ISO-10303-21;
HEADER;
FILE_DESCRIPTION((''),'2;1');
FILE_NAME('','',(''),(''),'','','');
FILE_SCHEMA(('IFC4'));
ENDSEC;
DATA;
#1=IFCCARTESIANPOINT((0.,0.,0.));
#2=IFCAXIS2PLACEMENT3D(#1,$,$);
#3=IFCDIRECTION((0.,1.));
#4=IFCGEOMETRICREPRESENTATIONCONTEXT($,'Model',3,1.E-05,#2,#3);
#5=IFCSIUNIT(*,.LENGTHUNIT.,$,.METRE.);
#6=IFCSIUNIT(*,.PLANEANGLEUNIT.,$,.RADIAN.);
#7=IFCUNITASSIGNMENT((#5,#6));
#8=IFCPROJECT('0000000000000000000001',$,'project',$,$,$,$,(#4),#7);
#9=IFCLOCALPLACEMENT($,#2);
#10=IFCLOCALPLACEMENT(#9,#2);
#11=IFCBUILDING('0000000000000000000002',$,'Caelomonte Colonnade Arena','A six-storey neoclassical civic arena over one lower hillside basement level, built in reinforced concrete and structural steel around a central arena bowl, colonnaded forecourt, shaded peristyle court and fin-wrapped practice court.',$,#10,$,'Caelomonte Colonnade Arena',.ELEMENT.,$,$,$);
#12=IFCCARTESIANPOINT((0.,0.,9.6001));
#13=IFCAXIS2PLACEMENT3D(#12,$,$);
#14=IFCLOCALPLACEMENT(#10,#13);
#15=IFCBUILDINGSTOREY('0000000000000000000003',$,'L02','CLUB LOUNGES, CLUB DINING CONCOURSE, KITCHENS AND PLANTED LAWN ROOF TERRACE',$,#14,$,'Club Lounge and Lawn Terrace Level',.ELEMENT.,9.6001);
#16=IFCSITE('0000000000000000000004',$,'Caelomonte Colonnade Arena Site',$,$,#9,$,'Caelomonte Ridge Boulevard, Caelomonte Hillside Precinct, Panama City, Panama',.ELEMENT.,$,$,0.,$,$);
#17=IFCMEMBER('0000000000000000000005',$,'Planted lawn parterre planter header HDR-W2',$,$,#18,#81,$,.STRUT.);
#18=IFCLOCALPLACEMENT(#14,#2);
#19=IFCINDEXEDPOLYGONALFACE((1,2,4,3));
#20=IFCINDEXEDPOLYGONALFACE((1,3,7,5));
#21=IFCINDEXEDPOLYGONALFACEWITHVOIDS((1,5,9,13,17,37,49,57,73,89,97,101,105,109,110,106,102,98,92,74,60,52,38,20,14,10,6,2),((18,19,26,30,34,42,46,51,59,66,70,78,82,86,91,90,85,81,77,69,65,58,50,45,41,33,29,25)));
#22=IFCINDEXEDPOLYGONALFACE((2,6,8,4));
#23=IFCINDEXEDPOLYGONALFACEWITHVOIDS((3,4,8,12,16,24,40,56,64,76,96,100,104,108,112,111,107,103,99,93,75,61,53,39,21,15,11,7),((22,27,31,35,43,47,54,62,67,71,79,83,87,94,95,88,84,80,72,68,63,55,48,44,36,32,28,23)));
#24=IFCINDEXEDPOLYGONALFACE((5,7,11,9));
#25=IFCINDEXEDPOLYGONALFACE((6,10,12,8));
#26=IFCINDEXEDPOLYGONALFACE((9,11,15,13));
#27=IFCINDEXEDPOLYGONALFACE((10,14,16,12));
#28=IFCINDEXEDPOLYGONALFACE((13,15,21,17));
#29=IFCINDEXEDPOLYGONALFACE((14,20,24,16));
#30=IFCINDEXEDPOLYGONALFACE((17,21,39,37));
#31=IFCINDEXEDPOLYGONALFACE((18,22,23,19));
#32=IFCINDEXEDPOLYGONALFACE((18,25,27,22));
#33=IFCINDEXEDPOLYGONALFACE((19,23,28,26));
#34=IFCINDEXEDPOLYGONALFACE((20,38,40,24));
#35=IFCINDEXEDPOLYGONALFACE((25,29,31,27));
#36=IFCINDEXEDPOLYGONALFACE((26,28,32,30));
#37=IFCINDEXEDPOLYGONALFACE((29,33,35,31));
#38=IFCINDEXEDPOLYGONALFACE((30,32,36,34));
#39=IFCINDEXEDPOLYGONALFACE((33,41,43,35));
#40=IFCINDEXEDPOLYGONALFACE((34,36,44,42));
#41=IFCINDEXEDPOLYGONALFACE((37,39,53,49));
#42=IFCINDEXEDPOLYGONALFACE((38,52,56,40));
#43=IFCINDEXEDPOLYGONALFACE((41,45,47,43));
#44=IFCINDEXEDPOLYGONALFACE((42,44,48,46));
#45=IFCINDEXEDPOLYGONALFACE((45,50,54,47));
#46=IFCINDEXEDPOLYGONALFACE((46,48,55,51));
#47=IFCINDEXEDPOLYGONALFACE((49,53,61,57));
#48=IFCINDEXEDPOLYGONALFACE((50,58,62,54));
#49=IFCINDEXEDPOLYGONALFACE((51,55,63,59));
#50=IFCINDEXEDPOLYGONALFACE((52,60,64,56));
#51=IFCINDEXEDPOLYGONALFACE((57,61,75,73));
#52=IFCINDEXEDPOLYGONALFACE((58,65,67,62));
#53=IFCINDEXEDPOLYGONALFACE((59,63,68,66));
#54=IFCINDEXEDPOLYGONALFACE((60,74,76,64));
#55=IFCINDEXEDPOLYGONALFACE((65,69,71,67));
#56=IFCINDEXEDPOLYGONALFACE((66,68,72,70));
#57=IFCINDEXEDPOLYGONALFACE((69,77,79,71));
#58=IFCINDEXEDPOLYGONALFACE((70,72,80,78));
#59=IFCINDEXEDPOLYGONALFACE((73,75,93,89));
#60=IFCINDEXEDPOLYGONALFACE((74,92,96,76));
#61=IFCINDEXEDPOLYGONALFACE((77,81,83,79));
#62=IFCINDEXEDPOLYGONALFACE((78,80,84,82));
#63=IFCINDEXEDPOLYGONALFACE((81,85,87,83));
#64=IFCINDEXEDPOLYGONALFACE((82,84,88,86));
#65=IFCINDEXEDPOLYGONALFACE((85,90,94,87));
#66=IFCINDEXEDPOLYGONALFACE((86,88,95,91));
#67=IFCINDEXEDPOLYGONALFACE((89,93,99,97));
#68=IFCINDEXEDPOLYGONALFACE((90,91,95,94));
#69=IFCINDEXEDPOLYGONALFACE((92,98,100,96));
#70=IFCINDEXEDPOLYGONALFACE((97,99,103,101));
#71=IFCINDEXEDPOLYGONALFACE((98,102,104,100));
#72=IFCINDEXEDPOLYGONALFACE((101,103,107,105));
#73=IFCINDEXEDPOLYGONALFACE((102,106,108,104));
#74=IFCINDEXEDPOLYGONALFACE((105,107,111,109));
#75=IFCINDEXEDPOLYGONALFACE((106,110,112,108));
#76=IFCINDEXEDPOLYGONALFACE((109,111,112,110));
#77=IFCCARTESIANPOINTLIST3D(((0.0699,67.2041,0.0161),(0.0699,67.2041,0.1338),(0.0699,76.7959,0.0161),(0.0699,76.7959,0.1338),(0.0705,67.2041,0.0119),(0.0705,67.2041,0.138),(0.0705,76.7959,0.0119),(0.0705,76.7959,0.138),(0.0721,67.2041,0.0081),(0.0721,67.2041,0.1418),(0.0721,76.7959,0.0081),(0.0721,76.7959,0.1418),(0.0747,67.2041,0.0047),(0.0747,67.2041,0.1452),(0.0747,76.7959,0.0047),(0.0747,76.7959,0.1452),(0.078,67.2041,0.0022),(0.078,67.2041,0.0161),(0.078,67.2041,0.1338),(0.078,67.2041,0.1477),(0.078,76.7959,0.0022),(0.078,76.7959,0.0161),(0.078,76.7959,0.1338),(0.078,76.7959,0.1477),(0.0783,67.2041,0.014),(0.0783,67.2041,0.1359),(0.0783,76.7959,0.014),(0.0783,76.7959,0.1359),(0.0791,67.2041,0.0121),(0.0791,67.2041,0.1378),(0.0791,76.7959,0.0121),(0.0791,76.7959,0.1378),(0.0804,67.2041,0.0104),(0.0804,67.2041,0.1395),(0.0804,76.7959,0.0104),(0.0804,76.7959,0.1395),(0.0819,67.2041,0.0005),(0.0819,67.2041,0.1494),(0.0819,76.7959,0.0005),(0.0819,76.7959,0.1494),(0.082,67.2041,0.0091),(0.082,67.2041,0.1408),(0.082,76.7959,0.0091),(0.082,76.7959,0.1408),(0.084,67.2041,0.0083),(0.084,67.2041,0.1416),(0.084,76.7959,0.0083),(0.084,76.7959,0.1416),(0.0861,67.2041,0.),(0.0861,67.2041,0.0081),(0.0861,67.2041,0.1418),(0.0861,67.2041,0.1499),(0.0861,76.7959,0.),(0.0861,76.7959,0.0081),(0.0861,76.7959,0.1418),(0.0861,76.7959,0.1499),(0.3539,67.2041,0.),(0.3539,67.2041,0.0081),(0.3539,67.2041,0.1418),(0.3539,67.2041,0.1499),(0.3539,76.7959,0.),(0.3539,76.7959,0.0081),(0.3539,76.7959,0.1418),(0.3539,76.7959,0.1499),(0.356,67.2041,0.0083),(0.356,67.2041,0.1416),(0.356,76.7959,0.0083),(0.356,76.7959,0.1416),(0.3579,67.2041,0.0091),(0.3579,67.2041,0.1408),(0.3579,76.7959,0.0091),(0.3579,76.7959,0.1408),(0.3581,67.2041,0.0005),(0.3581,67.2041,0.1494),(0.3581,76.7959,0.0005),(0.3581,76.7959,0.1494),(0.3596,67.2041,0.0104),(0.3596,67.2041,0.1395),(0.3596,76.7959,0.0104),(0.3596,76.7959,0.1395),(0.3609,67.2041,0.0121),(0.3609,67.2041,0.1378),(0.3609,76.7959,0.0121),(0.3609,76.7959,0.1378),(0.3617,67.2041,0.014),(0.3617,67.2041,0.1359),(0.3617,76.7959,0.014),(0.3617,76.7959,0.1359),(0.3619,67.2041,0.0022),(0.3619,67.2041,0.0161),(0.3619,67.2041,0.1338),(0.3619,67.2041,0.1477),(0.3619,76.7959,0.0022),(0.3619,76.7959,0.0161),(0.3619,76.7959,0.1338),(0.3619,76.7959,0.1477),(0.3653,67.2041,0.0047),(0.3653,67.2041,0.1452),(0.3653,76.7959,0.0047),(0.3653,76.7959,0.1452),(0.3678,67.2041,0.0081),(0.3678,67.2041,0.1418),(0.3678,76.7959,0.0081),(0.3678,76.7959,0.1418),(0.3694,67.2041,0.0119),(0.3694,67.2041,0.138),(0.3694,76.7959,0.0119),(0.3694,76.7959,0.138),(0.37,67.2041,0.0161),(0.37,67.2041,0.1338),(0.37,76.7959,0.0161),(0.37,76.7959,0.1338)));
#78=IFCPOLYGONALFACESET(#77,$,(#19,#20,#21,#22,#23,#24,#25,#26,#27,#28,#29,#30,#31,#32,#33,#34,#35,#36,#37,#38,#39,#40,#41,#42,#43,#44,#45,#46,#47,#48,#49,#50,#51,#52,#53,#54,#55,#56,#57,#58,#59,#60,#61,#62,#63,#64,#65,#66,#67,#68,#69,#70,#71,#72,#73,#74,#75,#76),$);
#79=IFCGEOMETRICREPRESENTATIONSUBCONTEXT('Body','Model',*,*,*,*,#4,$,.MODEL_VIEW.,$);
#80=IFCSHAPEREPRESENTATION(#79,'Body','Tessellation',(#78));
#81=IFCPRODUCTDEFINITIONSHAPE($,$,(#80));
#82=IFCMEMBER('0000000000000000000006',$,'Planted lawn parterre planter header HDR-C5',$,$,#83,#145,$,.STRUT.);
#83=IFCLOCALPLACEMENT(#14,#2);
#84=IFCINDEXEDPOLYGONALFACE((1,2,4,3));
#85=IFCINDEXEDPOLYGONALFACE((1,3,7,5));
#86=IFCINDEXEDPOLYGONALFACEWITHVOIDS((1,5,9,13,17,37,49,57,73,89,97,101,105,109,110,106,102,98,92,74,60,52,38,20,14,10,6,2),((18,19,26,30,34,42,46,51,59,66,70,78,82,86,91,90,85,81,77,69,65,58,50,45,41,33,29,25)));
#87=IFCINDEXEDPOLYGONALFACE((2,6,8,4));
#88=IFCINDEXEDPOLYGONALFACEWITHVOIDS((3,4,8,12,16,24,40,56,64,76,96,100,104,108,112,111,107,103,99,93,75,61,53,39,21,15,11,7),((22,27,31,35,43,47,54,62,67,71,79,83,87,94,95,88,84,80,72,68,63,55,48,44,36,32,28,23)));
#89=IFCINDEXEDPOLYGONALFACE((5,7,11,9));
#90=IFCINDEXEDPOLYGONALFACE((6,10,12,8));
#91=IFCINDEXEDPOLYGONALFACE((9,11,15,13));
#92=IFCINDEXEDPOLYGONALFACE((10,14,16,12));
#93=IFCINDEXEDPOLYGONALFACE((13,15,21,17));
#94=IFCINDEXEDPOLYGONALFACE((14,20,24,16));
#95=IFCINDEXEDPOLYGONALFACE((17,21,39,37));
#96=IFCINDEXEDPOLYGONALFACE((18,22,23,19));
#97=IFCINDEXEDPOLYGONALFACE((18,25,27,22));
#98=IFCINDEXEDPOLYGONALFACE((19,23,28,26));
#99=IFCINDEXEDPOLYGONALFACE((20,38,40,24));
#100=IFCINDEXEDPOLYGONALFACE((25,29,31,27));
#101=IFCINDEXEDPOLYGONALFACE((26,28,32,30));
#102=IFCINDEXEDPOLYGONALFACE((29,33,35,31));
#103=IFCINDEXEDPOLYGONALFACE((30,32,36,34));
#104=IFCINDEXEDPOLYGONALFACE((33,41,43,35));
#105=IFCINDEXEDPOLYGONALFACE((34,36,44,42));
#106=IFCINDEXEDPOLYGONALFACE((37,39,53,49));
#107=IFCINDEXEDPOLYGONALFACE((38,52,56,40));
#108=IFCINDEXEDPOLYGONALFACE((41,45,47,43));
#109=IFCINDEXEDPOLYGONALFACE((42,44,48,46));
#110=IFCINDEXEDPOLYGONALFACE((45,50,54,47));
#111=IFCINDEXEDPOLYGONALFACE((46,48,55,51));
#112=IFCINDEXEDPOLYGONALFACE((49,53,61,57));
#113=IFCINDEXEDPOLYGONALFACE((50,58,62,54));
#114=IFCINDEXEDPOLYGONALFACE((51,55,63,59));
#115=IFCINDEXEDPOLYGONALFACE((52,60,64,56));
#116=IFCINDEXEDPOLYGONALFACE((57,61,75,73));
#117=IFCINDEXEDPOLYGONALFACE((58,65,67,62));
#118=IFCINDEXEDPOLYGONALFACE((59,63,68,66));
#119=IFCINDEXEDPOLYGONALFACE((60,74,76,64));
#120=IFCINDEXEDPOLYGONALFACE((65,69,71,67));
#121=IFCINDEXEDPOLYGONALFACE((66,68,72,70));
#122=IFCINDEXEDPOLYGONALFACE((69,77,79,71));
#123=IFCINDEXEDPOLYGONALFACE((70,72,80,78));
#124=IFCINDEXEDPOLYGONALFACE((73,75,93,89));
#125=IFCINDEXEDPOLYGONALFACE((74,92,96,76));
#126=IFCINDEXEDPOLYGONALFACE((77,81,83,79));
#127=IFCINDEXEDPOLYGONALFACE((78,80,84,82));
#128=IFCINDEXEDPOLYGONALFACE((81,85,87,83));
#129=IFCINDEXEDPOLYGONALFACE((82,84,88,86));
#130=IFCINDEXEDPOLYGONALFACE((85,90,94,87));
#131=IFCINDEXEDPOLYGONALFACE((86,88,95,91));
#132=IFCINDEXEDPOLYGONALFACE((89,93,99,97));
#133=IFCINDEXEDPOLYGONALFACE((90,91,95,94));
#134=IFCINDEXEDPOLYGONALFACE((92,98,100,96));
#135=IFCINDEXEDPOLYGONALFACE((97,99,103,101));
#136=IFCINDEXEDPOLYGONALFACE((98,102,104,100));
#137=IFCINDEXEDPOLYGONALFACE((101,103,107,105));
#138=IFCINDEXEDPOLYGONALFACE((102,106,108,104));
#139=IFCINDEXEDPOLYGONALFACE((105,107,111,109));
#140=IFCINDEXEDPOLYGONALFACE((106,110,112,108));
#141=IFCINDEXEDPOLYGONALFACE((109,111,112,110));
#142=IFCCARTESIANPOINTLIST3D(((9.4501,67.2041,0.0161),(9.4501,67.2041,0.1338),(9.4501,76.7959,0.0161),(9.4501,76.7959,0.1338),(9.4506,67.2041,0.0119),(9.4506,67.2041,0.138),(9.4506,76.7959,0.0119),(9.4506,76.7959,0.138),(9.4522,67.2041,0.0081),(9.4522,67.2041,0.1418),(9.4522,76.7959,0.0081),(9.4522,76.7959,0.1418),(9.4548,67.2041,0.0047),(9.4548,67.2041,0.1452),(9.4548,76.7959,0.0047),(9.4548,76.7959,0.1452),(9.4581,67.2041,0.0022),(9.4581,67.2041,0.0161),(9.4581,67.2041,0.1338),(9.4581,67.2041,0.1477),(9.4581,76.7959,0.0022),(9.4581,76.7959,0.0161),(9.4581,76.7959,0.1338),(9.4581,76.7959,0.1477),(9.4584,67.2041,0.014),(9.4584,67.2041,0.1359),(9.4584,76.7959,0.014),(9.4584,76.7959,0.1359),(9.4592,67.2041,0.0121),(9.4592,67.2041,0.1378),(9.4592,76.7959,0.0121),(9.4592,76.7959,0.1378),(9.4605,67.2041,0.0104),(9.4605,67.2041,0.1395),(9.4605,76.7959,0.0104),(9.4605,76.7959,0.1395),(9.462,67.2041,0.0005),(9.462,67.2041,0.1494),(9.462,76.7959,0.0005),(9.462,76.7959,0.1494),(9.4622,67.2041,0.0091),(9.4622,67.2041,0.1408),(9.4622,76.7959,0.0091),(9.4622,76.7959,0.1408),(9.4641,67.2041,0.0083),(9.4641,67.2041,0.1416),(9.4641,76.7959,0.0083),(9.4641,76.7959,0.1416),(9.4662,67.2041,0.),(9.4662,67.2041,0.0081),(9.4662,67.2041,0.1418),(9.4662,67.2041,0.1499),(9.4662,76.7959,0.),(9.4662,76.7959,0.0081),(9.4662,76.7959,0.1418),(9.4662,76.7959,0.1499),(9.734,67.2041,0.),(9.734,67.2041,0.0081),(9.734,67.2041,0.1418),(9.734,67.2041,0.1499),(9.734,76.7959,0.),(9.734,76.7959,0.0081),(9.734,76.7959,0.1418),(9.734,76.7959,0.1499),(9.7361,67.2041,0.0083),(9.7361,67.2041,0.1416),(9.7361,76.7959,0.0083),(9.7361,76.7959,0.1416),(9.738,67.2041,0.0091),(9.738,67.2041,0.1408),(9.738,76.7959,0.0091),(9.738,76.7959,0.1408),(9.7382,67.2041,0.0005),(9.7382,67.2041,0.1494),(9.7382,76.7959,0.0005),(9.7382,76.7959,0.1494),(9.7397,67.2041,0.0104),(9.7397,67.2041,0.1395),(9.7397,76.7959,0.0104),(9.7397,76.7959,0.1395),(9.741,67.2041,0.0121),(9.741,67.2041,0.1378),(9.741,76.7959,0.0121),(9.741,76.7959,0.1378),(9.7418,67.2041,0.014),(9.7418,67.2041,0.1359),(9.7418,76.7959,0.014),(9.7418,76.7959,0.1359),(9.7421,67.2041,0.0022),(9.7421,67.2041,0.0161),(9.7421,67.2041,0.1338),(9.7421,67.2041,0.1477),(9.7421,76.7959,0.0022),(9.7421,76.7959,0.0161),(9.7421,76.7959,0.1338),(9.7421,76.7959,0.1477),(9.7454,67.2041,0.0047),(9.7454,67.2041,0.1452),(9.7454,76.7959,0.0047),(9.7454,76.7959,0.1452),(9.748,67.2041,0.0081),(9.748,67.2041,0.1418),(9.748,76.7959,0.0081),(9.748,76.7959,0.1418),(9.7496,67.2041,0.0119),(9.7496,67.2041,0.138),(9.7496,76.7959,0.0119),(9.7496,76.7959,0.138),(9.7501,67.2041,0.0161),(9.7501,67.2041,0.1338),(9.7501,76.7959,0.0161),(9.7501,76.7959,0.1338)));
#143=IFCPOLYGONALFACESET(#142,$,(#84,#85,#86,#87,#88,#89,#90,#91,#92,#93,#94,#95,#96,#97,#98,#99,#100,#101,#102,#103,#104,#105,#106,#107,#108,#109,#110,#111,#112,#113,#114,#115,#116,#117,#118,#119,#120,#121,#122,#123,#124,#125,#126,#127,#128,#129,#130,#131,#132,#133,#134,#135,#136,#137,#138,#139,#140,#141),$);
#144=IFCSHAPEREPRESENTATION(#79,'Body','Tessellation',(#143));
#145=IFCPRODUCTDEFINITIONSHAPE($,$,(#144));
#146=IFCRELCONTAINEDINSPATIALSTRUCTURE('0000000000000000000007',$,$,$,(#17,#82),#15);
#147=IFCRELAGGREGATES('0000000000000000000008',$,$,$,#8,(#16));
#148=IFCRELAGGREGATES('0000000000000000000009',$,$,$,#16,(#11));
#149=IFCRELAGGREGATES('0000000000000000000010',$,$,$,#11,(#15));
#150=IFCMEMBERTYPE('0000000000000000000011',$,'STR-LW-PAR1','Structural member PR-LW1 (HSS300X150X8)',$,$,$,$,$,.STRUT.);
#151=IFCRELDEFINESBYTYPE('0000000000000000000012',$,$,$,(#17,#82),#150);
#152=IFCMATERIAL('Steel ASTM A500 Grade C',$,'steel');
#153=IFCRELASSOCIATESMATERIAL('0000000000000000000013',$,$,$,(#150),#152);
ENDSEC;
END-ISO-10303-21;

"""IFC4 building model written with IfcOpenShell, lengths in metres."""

from ifc_helpers import new_model, si_unit, direction, frame, origin, origin_2d, place, context, subcontext, project, spatial, hollow_rectangle, extrude, material, material_profile, profile_set, type_object, element, save


model = new_model("IFC4")

# Units and contexts
model_context = context("Model", 3, precision=1e-05, world=origin(), true_north=direction((0.0, 1.0)))
body_context = subcontext(model_context, "Body", "Model", "MODEL_VIEW")
ifc_project = project(units=[si_unit("LENGTHUNIT", "METRE"), si_unit("PLANEANGLEUNIT", "RADIAN")], contexts=[model_context])

# Site, building, storey
site_placement = place(None, origin())
site = spatial("IfcSite", under=ifc_project, at=site_placement, Name="Caelomonte Colonnade Arena Site", LongName="Caelomonte Ridge Boulevard, Caelomonte Hillside Precinct, Panama City, Panama", CompositionType="ELEMENT", RefElevation=0.0)
building_placement = place(site_placement, origin())
building = spatial("IfcBuilding", under=site, at=building_placement, Name="Caelomonte Colonnade Arena", Description="A six-storey neoclassical civic arena over one lower hillside basement level, built in reinforced concrete and structural steel around a central arena bowl, colonnaded forecourt, shaded peristyle court and fin-wrapped practice court.", LongName="Caelomonte Colonnade Arena", CompositionType="ELEMENT")
storey_placement = place(building_placement, frame((0.0, 0.0, 9.6001)))
storey = spatial("IfcBuildingStorey", under=building, at=storey_placement, Name="L02", Description="CLUB LOUNGES, CLUB DINING CONCOURSE, KITCHENS AND PLANTED LAWN ROOF TERRACE", LongName="Club Lounge and Lawn Terrace Level", CompositionType="ELEMENT", Elevation=9.6001)

# Members
ifc_material_1 = material(Name="Steel ASTM A500 Grade C", Category="steel")
ifc_material_profile_1 = material_profile(ifc_material_1, hollow_rectangle(XDim=0.3, YDim=0.1499, WallThickness=0.0081, InnerFilletRadius=0.0081, OuterFilletRadius=0.0161, at=origin_2d()), Name="HSS300X150X8")
ifc_profile_set_1 = profile_set([ifc_material_profile_1], Name="Steel ASTM A500 Grade C")
member_type_1 = type_object("IfcMemberType", Name="STR-LW-PAR1", Description="Structural member PR-LW1 (HSS300X150X8)", PredefinedType="STRUT", material=ifc_profile_set_1)
for number, where, z_axis, x_axis, name in (
    (1, (0.22, 67.2041, 0.075), (0.0, 1.0, 0.0), (-1.0, 0.0, 0.0), "Planted lawn parterre planter header HDR-W2"),
    (2, (9.6001, 67.2041, 0.075), (0.0, 1.0, 0.0), (-1.0, 0.0, 0.0), "Planted lawn parterre planter header HDR-C5"),
):
    element("IfcMember", number, at=place(storey_placement, frame(where, z_axis=z_axis, x_axis=x_axis)), inside=storey, type_object=member_type_1, Name=name, PredefinedType="STRUT", context=body_context, shape_type="SweptSolid", body=[
        extrude(hollow_rectangle(XDim=0.3, YDim=0.1499, WallThickness=0.0081, InnerFilletRadius=0.0081, OuterFilletRadius=0.0161, at=origin_2d()), origin(), (0.0, 0.0, 1.0), 9.5918),
    ])

save(model, "model.ifc")
